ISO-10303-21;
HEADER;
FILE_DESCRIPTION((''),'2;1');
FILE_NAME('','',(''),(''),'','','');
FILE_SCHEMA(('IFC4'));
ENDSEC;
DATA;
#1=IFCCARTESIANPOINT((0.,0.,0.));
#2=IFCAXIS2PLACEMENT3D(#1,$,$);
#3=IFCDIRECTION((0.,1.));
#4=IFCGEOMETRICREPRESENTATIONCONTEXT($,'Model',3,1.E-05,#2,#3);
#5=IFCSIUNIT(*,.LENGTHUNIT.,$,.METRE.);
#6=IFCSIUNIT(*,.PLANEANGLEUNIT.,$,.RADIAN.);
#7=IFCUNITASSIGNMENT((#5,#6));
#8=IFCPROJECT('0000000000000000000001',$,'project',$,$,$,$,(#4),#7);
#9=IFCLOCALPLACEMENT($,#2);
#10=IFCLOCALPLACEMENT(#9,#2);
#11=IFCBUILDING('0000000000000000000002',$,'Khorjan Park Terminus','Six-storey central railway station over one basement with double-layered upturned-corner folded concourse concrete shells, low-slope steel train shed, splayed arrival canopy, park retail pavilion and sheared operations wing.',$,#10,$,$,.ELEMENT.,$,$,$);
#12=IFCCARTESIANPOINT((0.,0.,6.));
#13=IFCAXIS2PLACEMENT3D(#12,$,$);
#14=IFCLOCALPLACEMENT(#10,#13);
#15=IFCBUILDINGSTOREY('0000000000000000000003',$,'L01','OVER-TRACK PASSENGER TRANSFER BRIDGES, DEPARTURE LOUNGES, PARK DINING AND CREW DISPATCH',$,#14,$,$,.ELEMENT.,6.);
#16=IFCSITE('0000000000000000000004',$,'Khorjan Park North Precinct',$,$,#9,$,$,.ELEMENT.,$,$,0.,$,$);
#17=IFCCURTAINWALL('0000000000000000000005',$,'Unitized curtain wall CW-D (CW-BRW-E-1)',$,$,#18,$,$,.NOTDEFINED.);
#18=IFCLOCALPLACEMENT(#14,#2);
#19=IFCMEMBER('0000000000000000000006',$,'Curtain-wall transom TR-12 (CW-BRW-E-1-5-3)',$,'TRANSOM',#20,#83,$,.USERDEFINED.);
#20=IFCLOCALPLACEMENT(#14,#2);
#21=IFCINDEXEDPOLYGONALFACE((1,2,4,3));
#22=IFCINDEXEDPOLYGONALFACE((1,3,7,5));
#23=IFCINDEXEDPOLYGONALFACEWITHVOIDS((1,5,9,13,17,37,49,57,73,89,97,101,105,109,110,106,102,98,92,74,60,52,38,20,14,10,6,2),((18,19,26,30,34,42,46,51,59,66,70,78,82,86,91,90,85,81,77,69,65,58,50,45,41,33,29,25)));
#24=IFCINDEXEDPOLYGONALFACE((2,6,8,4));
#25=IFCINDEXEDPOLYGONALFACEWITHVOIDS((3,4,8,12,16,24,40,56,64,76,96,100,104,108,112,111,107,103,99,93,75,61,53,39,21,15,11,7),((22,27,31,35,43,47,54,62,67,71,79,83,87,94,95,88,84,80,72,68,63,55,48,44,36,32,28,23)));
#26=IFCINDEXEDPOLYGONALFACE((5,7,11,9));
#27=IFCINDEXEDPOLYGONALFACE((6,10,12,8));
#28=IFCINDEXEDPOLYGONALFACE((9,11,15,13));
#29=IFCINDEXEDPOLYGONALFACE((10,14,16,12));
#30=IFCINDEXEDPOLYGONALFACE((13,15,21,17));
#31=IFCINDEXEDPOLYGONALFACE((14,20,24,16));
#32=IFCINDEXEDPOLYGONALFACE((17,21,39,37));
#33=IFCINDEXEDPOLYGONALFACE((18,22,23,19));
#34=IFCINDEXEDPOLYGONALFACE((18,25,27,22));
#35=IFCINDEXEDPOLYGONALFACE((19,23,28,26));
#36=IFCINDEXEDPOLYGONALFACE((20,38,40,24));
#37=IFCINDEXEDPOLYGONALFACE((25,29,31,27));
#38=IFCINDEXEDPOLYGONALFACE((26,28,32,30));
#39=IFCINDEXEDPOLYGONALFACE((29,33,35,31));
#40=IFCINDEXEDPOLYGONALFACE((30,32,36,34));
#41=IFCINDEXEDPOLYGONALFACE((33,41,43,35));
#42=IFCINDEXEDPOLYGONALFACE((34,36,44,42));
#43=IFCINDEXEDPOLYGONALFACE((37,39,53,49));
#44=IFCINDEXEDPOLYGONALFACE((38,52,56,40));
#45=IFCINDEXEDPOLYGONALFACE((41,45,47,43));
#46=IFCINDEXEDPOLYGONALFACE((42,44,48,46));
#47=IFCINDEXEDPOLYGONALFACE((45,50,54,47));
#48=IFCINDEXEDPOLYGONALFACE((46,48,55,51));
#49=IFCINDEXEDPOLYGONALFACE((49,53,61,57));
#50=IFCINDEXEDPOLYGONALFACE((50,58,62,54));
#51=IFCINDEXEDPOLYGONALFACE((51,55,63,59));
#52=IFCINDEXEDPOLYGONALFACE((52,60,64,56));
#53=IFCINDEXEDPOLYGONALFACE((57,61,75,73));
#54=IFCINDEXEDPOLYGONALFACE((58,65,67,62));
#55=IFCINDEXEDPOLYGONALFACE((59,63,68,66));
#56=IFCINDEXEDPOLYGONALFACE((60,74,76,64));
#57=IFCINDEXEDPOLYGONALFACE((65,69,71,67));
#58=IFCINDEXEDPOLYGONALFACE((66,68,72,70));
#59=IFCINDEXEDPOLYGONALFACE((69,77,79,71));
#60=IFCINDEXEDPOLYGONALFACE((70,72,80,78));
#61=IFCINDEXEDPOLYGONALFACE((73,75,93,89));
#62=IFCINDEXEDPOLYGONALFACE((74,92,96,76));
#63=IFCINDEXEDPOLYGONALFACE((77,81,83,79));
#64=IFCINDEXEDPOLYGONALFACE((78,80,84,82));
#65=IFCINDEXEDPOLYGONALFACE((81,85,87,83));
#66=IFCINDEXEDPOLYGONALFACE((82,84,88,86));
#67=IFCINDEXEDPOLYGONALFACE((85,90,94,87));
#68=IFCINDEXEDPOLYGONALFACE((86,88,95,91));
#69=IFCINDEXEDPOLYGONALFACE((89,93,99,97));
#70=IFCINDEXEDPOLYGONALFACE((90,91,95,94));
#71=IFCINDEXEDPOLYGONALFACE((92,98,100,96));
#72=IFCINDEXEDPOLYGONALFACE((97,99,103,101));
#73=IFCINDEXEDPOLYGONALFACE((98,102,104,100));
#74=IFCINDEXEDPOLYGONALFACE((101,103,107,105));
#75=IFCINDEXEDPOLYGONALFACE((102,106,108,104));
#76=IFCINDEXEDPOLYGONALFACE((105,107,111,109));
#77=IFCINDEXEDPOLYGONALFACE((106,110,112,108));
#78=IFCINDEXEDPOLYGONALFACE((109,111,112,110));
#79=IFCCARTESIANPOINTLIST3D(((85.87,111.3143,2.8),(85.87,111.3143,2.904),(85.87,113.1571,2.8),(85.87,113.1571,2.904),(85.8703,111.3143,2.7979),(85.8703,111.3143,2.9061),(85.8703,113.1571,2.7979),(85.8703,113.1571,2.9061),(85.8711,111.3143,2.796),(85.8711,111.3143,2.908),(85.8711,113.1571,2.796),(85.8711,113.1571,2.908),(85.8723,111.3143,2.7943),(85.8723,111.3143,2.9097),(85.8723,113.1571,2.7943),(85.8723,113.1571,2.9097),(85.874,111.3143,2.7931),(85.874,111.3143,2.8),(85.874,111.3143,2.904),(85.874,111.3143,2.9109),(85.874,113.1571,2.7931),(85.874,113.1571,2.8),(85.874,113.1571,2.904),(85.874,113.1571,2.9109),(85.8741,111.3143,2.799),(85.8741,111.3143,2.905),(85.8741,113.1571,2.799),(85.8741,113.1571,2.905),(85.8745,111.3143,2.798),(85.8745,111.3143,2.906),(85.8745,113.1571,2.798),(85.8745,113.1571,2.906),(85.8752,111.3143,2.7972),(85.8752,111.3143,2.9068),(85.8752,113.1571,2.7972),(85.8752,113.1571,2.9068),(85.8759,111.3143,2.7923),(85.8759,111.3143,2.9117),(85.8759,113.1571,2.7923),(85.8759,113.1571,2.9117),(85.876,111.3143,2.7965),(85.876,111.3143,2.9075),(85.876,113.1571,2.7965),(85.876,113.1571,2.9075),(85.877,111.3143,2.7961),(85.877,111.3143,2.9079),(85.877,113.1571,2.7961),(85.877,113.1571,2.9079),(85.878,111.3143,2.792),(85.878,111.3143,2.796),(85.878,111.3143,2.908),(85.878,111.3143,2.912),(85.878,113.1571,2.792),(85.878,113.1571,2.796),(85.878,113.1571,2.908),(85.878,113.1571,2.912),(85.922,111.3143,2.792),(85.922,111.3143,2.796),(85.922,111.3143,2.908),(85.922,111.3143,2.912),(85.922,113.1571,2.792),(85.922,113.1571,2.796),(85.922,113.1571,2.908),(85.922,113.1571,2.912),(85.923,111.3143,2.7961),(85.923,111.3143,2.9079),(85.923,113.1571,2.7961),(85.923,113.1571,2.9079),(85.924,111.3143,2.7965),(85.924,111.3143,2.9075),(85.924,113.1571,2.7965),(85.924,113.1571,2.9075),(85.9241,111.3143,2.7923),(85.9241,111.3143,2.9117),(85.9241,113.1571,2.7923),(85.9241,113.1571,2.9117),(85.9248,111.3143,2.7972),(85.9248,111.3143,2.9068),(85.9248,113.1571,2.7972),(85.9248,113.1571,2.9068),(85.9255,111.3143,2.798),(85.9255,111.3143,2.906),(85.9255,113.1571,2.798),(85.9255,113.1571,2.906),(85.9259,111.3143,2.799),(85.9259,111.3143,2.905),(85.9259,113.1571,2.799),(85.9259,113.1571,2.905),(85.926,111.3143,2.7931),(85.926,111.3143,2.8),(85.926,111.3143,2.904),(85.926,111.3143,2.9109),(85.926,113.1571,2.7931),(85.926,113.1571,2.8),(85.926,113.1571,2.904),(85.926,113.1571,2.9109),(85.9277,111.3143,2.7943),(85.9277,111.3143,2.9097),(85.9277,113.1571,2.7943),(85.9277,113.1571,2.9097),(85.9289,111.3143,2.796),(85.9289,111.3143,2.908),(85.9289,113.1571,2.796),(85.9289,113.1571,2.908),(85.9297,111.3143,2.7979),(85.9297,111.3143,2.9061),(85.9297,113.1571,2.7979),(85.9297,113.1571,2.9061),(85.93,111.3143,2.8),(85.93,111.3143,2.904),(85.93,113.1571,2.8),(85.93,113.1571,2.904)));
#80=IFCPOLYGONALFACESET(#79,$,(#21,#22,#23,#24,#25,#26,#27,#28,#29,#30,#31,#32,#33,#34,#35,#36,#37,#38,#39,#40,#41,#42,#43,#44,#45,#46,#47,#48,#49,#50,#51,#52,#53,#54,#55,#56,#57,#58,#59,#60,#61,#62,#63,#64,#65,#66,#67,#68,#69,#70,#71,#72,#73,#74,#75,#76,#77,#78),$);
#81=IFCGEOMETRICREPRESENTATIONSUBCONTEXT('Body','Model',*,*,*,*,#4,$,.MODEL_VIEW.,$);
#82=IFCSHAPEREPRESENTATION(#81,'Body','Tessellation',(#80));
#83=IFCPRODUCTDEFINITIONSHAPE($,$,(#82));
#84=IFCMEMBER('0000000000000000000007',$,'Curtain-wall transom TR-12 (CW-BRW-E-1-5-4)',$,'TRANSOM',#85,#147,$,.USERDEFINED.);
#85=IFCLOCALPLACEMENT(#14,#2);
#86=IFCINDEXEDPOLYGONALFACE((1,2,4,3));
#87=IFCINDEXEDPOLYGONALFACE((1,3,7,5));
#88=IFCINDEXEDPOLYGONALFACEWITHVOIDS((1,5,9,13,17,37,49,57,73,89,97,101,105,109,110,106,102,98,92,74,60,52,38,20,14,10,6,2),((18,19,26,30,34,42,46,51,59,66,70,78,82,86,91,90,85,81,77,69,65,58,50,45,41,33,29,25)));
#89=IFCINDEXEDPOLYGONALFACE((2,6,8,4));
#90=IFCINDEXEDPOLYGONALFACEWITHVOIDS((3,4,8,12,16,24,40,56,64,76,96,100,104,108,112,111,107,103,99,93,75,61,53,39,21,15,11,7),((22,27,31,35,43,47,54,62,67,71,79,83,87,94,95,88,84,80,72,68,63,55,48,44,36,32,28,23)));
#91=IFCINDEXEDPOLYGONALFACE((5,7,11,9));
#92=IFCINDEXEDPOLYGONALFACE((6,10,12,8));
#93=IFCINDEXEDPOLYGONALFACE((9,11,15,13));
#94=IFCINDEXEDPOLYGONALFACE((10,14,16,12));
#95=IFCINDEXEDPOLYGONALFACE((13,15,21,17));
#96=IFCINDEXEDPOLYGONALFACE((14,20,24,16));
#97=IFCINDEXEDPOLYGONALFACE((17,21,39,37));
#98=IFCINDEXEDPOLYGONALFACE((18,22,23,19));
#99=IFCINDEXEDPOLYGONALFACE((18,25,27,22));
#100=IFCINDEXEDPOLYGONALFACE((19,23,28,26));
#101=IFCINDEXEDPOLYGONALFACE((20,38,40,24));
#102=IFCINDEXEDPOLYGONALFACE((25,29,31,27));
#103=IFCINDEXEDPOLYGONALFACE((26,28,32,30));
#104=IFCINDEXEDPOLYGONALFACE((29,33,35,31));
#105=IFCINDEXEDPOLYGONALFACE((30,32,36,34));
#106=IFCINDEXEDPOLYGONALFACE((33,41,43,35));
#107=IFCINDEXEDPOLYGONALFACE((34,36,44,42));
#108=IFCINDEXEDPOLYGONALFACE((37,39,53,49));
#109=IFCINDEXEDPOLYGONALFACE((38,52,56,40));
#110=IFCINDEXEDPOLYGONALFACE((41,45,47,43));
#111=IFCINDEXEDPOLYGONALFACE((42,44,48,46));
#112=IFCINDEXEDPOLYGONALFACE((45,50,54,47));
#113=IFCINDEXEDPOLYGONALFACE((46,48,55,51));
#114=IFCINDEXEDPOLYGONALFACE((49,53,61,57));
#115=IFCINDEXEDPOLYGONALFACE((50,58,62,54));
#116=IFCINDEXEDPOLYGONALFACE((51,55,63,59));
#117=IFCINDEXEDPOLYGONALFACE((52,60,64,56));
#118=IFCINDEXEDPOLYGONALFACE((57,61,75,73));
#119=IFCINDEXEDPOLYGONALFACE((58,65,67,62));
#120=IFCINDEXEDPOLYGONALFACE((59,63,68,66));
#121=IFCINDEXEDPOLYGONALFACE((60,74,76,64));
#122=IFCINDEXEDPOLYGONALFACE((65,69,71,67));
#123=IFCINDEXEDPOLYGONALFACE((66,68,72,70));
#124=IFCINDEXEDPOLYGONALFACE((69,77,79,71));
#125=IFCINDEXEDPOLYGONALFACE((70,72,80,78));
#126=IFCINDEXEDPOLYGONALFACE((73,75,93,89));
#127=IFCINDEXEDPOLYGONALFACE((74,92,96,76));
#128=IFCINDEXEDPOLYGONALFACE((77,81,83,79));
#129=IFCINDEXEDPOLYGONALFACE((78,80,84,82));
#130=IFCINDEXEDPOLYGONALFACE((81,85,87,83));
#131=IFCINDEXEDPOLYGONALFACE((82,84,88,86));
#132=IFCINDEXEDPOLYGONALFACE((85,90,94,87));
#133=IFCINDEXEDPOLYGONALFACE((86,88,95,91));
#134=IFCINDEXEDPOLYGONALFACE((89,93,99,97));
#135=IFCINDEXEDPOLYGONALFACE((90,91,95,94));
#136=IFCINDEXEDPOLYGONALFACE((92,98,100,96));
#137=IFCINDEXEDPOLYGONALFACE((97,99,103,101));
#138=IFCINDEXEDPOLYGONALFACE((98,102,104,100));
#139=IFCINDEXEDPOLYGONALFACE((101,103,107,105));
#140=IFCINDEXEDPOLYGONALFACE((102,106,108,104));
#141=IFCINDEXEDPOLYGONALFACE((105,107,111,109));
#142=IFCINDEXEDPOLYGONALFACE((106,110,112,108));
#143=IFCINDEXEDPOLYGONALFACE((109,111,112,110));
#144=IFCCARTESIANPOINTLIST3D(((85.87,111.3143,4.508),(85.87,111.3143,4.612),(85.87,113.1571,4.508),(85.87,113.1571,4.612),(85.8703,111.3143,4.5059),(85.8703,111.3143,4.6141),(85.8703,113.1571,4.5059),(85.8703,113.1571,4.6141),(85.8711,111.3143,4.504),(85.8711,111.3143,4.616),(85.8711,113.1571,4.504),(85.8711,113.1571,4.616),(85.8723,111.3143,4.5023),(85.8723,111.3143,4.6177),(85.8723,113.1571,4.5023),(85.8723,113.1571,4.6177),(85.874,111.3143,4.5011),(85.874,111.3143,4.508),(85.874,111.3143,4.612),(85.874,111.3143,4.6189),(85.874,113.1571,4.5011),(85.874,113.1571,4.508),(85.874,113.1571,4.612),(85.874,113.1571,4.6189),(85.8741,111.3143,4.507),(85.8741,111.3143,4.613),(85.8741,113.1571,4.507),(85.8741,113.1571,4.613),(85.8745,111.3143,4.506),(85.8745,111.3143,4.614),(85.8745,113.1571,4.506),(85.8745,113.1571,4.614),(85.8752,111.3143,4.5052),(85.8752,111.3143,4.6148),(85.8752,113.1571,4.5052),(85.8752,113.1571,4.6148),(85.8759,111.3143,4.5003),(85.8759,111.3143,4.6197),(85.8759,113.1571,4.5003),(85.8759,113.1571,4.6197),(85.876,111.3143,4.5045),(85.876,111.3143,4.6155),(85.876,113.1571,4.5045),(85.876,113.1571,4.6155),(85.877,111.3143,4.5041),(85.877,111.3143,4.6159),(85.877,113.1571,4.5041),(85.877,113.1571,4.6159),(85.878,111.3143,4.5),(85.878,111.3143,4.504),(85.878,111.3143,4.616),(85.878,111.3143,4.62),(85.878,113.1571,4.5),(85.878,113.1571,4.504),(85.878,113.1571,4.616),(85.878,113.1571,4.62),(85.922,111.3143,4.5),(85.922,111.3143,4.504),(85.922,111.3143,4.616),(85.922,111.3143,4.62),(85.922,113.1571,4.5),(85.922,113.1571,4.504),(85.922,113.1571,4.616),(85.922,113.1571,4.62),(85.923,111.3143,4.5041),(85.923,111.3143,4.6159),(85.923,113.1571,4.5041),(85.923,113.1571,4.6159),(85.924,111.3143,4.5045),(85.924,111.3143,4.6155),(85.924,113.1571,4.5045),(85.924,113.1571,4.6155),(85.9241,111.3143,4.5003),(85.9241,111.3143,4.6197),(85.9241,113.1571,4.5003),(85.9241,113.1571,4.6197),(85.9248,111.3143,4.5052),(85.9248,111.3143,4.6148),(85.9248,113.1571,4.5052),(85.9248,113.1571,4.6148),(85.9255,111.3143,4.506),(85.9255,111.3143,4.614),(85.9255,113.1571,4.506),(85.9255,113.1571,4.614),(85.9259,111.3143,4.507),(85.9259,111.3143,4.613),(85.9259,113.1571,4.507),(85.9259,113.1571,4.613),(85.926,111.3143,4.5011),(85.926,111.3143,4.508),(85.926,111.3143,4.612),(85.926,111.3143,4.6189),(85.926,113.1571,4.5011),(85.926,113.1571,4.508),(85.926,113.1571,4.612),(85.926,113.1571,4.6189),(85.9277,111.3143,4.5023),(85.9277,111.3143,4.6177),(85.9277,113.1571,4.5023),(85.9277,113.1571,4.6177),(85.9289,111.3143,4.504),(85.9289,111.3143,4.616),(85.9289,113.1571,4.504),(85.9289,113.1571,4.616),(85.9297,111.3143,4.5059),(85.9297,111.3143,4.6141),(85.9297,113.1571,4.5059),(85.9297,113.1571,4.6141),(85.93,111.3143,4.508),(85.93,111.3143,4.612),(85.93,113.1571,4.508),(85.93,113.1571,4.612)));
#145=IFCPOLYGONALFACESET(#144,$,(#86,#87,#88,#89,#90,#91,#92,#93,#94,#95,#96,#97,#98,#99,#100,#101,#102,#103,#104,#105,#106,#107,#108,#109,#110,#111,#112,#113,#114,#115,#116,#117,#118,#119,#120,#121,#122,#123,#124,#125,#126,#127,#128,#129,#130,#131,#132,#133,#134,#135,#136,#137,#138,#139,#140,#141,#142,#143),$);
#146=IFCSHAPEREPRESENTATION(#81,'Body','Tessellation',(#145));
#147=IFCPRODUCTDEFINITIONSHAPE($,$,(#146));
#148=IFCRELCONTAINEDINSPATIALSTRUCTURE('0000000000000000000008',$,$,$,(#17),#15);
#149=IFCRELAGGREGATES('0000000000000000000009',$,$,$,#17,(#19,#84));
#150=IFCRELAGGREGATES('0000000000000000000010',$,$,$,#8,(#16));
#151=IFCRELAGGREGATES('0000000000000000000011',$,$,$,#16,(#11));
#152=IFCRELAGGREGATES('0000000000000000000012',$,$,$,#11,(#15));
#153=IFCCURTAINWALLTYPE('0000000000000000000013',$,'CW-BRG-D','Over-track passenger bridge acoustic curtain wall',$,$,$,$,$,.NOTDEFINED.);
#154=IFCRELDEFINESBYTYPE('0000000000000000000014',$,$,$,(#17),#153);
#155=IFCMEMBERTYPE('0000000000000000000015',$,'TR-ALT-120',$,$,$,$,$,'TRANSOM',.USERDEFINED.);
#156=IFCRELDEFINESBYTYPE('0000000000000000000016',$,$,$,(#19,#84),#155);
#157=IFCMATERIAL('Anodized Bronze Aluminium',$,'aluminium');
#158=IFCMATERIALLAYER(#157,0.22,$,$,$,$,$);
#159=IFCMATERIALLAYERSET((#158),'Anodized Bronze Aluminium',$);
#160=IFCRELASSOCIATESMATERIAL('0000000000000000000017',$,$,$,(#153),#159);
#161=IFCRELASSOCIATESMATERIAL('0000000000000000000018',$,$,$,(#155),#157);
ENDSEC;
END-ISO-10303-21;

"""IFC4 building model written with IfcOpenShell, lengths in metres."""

from ifc_helpers import new_model, si_unit, direction, frame, origin, origin_2d, place, context, subcontext, project, spatial, hollow_rectangle, extrude, material, layer, layer_set, material_profile, profile_set, type_object, element, aggregate, save


model = new_model("IFC4")

# Units and contexts
model_context = context("Model", 3, precision=1e-05, world=origin(), true_north=direction((0.0, 1.0)))
body_context = subcontext(model_context, "Body", "Model", "MODEL_VIEW")
ifc_project = project(units=[si_unit("LENGTHUNIT", "METRE"), si_unit("PLANEANGLEUNIT", "RADIAN")], contexts=[model_context])

# Site, building, storey
site_placement = place(None, origin())
site = spatial("IfcSite", under=ifc_project, at=site_placement, Name="Khorjan Park North Precinct", CompositionType="ELEMENT", RefElevation=0.0)
building_placement = place(site_placement, origin())
building = spatial("IfcBuilding", under=site, at=building_placement, Name="Khorjan Park Terminus", Description="Six-storey central railway station over one basement with double-layered upturned-corner folded concourse concrete shells, low-slope steel train shed, splayed arrival canopy, park retail pavilion and sheared operations wing.", CompositionType="ELEMENT")
storey_placement = place(building_placement, frame((0.0, 0.0, 6.0)))
storey = spatial("IfcBuildingStorey", under=building, at=storey_placement, Name="L01", Description="OVER-TRACK PASSENGER TRANSFER BRIDGES, DEPARTURE LOUNGES, PARK DINING AND CREW DISPATCH", CompositionType="ELEMENT", Elevation=6.0)

# Curtain wall
ifc_material_1 = material(Name="Anodized Bronze Aluminium", Category="aluminium")
ifc_layer_1 = layer(ifc_material_1, 0.22)
ifc_layer_set_1 = layer_set([ifc_layer_1], Name="Anodized Bronze Aluminium")
curtain_wall_type = type_object("IfcCurtainWallType", Name="CW-BRG-D", Description="Over-track passenger bridge acoustic curtain wall", PredefinedType="NOTDEFINED", material=ifc_layer_set_1)
curtain_wall_1_placement = place(storey_placement, origin())
curtain_wall_1 = element("IfcCurtainWall", 1, at=curtain_wall_1_placement, inside=storey, type_object=curtain_wall_type, Name="Unitized curtain wall CW-D (CW-BRW-E-1)", PredefinedType="NOTDEFINED")

# Members
ifc_material_profile_1 = material_profile(ifc_material_1, hollow_rectangle(XDim=0.06, YDim=0.12, WallThickness=0.004, InnerFilletRadius=0.004, OuterFilletRadius=0.008, at=origin_2d()), Name="ALT 60x120x4")
ifc_profile_set_1 = profile_set([ifc_material_profile_1], Name="Anodized Bronze Aluminium")
member_type_1 = type_object("IfcMemberType", Name="TR-ALT-120", ElementType="TRANSOM", PredefinedType="USERDEFINED", material=ifc_profile_set_1)
member_1_placement = place(storey_placement, frame((85.9, 111.3143, 2.852), z_axis=(0.0, 1.0, 0.0), x_axis=(-1.0, 0.0, 0.0)))
member_1 = element("IfcMember", 2, at=member_1_placement, type_object=member_type_1, Name="Curtain-wall transom TR-12 (CW-BRW-E-1-5-3)", ObjectType="TRANSOM", PredefinedType="USERDEFINED", context=body_context, shape_type="SweptSolid", body=[
    extrude(hollow_rectangle(XDim=0.06, YDim=0.12, WallThickness=0.004, InnerFilletRadius=0.004, OuterFilletRadius=0.008, at=origin_2d()), origin(), (0.0, 0.0, 1.0), 1.8428),
])
member_2_placement = place(storey_placement, frame((85.9, 111.3143, 4.56), z_axis=(0.0, 1.0, 0.0), x_axis=(-1.0, 0.0, 0.0)))
member_2 = element("IfcMember", 3, at=member_2_placement, type_object=member_type_1, Name="Curtain-wall transom TR-12 (CW-BRW-E-1-5-4)", ObjectType="TRANSOM", PredefinedType="USERDEFINED", context=body_context, shape_type="SweptSolid", body=[
    extrude(hollow_rectangle(XDim=0.06, YDim=0.12, WallThickness=0.004, InnerFilletRadius=0.004, OuterFilletRadius=0.008, at=origin_2d()), origin(), (0.0, 0.0, 1.0), 1.8428),
])

aggregate(curtain_wall_1, [member_1, member_2])

save(model, "model.ifc")
